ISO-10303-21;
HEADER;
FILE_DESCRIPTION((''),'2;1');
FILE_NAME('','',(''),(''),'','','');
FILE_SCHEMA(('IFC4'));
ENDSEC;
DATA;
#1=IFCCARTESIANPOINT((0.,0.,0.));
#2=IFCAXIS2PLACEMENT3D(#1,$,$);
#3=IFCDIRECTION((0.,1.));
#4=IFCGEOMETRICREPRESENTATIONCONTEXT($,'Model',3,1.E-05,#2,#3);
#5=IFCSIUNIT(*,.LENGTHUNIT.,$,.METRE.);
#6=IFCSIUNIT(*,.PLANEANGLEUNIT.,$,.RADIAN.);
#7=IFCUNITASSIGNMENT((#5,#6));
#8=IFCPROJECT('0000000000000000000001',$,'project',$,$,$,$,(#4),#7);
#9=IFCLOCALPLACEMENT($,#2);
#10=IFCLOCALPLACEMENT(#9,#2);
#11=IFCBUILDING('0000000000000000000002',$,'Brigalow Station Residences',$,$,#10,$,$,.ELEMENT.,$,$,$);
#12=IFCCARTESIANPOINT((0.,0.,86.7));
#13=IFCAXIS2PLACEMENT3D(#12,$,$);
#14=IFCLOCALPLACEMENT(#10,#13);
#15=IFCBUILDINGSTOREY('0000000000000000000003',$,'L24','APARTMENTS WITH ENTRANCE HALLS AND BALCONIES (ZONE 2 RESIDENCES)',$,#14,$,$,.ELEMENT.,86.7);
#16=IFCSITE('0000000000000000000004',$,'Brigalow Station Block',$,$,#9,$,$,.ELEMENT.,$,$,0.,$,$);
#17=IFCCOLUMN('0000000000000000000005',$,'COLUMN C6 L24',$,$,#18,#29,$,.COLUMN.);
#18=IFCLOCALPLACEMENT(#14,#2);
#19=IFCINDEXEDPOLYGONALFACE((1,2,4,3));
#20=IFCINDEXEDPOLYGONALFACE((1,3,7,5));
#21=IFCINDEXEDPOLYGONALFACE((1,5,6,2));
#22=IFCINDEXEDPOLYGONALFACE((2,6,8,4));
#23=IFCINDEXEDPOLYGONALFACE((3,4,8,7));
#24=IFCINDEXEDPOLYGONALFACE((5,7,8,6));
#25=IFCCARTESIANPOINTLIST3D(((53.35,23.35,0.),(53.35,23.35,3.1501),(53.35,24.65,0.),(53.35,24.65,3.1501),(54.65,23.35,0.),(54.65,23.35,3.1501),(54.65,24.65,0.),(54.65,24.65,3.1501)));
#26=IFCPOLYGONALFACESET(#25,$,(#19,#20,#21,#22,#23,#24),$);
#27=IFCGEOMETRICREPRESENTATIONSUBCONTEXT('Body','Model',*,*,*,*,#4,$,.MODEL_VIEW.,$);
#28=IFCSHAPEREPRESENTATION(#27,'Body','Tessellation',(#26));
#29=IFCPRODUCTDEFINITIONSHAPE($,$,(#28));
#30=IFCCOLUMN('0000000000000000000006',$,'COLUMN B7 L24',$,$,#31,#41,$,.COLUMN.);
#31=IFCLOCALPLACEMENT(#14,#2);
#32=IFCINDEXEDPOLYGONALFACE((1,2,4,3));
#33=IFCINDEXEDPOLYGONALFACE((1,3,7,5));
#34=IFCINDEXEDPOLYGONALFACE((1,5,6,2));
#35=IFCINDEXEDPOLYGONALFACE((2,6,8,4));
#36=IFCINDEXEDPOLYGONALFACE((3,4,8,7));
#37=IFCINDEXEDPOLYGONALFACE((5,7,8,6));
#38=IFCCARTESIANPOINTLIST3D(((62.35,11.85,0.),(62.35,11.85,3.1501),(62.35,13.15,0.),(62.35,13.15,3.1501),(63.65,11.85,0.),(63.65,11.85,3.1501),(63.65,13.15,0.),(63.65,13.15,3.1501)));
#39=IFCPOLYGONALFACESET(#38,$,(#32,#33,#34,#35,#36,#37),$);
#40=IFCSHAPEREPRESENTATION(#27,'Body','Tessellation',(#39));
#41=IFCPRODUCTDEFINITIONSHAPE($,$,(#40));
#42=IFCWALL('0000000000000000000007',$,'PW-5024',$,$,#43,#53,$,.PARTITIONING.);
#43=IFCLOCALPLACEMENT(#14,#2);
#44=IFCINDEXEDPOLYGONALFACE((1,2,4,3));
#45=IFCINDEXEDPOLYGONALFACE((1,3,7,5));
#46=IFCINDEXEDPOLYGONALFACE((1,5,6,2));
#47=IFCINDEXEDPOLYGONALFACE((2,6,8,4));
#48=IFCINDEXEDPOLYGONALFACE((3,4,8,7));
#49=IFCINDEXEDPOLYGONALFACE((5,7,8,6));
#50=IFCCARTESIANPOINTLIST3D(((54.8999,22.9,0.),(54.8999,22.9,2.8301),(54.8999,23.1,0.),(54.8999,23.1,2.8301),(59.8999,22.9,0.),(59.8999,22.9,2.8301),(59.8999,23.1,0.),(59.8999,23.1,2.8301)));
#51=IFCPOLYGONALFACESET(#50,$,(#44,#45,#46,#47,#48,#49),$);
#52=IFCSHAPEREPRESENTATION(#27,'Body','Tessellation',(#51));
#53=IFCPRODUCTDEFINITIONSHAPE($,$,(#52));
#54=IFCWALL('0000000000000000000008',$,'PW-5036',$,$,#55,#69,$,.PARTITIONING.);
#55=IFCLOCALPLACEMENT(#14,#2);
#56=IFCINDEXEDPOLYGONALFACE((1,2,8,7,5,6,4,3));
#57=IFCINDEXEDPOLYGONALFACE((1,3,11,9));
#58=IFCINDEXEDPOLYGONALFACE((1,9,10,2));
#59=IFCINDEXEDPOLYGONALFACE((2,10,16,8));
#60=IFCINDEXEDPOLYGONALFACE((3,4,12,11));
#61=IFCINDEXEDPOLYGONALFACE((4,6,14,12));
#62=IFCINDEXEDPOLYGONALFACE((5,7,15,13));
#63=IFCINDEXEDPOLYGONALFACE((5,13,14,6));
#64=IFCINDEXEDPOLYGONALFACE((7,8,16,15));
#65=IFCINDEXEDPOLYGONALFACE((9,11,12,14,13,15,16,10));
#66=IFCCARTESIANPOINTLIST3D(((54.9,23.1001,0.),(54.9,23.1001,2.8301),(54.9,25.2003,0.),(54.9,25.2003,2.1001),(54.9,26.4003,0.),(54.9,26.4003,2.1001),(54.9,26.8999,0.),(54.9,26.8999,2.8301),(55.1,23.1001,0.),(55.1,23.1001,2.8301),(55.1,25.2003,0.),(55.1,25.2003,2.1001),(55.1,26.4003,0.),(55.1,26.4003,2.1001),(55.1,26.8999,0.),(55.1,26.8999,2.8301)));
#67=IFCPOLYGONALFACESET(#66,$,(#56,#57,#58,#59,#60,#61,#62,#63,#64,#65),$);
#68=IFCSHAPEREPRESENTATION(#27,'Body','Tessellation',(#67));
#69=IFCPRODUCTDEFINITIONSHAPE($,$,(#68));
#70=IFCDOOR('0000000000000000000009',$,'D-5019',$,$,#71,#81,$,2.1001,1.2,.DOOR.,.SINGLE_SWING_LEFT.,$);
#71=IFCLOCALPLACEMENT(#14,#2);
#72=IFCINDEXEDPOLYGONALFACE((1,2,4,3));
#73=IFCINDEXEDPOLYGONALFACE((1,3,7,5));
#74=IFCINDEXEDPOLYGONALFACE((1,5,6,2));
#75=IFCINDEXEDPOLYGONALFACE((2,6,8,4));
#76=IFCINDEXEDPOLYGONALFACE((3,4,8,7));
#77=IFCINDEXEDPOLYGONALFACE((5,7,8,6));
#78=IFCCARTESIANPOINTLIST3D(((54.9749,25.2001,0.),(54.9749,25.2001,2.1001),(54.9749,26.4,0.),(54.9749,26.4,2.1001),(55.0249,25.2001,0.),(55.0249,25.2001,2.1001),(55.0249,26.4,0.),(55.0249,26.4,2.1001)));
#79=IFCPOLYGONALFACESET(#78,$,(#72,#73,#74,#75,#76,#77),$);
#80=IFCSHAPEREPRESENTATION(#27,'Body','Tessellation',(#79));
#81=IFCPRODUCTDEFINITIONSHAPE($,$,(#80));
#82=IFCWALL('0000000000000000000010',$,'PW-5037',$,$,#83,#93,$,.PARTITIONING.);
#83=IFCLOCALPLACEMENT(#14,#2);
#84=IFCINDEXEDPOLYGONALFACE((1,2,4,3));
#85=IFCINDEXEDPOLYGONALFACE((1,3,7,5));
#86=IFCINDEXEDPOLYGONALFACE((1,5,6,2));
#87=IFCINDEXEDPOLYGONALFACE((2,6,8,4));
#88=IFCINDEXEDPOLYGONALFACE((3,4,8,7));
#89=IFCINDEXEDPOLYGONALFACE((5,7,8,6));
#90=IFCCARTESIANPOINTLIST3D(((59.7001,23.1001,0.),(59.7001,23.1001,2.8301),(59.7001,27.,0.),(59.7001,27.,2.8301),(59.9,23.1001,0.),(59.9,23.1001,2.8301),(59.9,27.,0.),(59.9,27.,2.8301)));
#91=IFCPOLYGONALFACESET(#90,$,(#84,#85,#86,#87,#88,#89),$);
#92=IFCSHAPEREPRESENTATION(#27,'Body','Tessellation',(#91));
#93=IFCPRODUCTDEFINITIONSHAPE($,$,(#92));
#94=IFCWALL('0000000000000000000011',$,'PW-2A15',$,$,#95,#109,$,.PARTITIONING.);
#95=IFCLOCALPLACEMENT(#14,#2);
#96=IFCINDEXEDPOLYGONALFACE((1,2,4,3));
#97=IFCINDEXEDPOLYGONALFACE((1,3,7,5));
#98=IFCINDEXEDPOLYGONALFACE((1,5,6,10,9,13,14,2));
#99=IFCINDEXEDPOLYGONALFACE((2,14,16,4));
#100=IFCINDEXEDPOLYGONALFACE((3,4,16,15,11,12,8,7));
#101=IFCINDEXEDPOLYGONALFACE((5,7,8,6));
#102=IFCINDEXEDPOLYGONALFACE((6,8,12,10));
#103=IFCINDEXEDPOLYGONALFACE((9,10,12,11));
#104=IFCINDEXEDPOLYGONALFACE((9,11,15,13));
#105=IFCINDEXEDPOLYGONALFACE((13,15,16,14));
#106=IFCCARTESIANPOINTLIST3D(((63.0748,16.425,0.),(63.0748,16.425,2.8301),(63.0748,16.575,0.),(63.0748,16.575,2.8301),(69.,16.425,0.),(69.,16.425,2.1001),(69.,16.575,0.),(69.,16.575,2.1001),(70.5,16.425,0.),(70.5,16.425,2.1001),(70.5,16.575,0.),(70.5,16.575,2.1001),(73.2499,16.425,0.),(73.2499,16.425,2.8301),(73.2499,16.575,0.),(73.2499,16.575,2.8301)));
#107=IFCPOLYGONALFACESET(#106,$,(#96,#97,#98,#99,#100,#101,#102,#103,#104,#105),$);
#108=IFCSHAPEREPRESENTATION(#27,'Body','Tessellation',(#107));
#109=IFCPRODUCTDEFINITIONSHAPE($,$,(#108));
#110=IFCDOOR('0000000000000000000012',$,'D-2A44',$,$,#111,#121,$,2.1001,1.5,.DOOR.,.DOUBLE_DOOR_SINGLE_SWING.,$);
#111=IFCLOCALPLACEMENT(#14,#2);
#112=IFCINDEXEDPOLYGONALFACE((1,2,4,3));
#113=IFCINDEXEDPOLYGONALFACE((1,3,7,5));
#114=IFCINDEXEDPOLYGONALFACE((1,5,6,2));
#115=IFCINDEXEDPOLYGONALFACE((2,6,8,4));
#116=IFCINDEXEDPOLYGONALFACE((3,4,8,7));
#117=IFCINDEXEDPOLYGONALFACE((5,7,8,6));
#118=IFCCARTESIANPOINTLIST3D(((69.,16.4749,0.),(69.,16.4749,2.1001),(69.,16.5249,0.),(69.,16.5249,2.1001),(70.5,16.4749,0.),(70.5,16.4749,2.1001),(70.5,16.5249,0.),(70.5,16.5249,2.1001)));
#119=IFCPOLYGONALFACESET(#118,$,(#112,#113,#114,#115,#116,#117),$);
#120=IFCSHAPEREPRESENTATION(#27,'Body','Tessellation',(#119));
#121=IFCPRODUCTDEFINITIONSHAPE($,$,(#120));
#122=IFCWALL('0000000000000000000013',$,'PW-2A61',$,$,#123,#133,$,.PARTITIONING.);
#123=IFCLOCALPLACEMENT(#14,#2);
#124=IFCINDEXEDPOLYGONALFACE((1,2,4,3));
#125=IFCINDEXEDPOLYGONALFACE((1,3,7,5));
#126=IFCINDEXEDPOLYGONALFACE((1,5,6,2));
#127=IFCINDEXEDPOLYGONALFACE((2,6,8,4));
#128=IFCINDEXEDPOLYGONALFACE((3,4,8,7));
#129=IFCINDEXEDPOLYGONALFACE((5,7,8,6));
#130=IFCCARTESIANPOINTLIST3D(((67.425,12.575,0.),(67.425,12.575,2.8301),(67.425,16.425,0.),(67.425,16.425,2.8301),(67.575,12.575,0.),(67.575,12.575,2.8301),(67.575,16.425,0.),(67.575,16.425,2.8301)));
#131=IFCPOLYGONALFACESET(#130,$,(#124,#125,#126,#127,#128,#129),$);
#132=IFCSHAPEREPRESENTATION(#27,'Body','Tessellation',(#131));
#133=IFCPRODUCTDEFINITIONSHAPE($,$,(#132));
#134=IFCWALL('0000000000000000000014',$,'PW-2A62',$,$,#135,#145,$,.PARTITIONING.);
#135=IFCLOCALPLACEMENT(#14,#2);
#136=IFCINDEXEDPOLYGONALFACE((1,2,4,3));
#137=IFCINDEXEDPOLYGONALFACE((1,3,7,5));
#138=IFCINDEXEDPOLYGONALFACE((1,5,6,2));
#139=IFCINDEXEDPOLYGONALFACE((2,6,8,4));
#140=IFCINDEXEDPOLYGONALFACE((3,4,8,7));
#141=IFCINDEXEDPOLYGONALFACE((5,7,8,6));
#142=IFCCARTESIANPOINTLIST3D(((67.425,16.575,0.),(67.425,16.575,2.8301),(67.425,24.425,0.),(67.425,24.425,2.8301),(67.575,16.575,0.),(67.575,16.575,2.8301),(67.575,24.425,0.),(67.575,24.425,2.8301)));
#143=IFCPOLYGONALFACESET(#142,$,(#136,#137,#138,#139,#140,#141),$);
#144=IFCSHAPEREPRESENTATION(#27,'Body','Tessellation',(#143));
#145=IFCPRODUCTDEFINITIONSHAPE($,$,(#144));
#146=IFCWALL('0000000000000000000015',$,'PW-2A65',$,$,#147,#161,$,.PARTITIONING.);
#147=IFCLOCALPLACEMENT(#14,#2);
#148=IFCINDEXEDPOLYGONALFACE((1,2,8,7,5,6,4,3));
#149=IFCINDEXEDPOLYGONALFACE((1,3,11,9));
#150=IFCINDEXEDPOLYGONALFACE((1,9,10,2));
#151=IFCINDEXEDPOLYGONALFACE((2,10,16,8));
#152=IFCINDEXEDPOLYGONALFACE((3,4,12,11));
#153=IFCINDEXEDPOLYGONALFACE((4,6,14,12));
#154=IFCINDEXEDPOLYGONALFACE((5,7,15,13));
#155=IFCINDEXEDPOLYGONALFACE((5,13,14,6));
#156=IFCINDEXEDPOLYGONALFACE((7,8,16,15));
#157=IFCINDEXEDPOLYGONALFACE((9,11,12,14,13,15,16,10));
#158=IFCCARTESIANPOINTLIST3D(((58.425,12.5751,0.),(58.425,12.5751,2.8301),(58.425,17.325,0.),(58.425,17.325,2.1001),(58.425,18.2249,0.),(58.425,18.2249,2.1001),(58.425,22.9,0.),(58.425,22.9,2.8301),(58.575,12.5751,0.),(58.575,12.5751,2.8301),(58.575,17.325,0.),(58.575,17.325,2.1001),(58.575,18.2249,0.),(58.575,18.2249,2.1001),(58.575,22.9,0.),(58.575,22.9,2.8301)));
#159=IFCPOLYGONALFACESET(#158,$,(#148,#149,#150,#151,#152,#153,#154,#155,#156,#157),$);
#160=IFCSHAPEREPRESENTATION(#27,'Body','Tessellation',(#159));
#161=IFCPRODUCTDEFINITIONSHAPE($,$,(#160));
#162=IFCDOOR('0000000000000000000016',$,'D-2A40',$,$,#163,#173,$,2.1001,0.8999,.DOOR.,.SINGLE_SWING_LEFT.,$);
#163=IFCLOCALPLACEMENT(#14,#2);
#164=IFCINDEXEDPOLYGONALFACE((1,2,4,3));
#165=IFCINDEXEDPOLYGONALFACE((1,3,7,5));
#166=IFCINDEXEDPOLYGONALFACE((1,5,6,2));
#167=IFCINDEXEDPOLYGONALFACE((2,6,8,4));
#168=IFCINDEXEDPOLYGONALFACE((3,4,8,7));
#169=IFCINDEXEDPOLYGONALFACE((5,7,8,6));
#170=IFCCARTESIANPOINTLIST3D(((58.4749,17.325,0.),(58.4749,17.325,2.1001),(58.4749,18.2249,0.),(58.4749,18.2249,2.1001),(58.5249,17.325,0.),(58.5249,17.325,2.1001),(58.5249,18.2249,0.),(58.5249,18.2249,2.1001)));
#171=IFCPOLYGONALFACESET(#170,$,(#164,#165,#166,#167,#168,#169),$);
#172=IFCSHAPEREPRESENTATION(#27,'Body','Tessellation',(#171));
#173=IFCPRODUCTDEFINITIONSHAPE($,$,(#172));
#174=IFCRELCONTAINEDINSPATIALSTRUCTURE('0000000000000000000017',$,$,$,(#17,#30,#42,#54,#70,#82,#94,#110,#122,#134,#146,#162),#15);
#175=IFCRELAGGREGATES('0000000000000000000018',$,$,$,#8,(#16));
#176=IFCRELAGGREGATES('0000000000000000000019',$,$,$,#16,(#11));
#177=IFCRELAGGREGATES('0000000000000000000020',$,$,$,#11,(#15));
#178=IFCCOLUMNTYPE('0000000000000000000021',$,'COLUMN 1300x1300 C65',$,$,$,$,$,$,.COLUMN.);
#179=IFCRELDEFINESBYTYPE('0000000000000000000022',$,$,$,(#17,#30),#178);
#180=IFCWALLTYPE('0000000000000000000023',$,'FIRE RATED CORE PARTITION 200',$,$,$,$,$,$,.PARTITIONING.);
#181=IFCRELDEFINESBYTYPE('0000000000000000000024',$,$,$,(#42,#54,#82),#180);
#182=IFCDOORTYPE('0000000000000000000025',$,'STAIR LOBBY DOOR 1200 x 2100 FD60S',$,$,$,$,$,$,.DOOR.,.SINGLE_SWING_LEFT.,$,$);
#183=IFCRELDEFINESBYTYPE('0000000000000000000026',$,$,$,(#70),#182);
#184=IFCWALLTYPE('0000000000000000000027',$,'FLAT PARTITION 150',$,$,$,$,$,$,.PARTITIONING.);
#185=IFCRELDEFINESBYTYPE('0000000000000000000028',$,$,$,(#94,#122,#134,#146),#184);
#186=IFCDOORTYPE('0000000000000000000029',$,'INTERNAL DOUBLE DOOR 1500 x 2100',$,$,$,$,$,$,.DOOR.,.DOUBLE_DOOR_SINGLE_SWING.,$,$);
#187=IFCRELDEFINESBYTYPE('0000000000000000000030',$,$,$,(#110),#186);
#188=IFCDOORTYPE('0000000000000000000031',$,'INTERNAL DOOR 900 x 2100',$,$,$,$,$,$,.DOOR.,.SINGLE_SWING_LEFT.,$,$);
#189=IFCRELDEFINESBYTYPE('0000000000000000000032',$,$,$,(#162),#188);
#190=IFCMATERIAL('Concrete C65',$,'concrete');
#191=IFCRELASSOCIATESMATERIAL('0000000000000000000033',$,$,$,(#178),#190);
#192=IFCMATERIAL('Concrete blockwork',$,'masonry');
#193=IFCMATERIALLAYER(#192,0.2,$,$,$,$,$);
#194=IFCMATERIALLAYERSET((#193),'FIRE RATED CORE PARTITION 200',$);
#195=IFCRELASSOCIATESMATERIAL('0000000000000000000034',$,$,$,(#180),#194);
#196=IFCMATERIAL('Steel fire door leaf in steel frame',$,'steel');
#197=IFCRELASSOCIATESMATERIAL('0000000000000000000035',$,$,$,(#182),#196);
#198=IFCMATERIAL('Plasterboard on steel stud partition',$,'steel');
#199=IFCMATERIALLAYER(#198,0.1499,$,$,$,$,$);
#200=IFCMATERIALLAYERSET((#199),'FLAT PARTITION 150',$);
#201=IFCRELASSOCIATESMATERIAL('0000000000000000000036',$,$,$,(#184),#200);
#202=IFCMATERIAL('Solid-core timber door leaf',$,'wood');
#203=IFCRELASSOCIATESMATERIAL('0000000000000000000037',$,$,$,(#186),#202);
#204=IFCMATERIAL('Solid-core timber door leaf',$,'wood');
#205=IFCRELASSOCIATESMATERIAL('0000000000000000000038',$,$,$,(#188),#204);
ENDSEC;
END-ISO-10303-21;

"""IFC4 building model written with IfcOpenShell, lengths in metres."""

from ifc_helpers import new_model, si_unit, direction, frame, frame_2d, origin, origin_2d, place, context, subcontext, project, spatial, rectangle, extrude, material, layer, layer_set, material_profile, profile_set, type_object, element, fill, save


model = new_model("IFC4")

# Units and contexts
model_context = context("Model", 3, precision=1e-05, world=origin(), true_north=direction((0.0, 1.0)))
body_context = subcontext(model_context, "Body", "Model", "MODEL_VIEW")
ifc_project = project(units=[si_unit("LENGTHUNIT", "METRE"), si_unit("PLANEANGLEUNIT", "RADIAN")], contexts=[model_context])

# Site, building, storey
site_placement = place(None, origin())
site = spatial("IfcSite", under=ifc_project, at=site_placement, Name="Brigalow Station Block", CompositionType="ELEMENT", RefElevation=0.0)
building_placement = place(site_placement, origin())
building = spatial("IfcBuilding", under=site, at=building_placement, Name="Brigalow Station Residences", CompositionType="ELEMENT")
storey_placement = place(building_placement, frame((0.0, 0.0, 86.7)))
storey = spatial("IfcBuildingStorey", under=building, at=storey_placement, Name="L24", Description="APARTMENTS WITH ENTRANCE HALLS AND BALCONIES (ZONE 2 RESIDENCES)", CompositionType="ELEMENT", Elevation=86.7)

# Columns
ifc_material_1 = material(Name="Concrete C65", Category="concrete")
ifc_material_profile = material_profile(ifc_material_1, rectangle(XDim=1.3, YDim=1.3, at=origin_2d()), Name="RC1300x1300")
ifc_profile_set = profile_set([ifc_material_profile], Name="Concrete C65")
column_type = type_object("IfcColumnType", Name="COLUMN 1300x1300 C65", PredefinedType="COLUMN", material=ifc_profile_set)
for number, where, z_axis, x_axis, name in (
    (1, (54.0, 24.0, 0.0), (0.0, 0.0, 1.0), (1.0, 0.0, 0.0), "COLUMN C6 L24"),
    (2, (63.0, 12.5, 0.0), (0.0, 0.0, 1.0), (1.0, 0.0, 0.0), "COLUMN B7 L24"),
):
    element("IfcColumn", number, at=place(storey_placement, frame(where, z_axis=z_axis, x_axis=x_axis)), inside=storey, type_object=column_type, Name=name, PredefinedType="COLUMN", context=body_context, shape_type="SweptSolid", body=[
        extrude(rectangle(XDim=1.3, YDim=1.3, at=origin_2d()), origin(), (0.0, 0.0, 1.0), 3.1501),
    ])

# Wall
ifc_material_2 = material(Name="Concrete blockwork", Category="masonry")
ifc_layer_1 = layer(ifc_material_2, 0.2)
ifc_layer_set_1 = layer_set([ifc_layer_1], Name="FIRE RATED CORE PARTITION 200")
wall_type_1 = type_object("IfcWallType", Name="FIRE RATED CORE PARTITION 200", PredefinedType="PARTITIONING", material=ifc_layer_set_1)
wall_1_placement = place(storey_placement, frame((54.8999, 23.0, 0.0), z_axis=(0.0, 0.0, 1.0), x_axis=(1.0, 0.0, 0.0)))
element("IfcWall", 3, at=wall_1_placement, inside=storey, type_object=wall_type_1, Name="PW-5024", PredefinedType="PARTITIONING", context=body_context, shape_type="SweptSolid", body=[
    extrude(rectangle(XDim=5.0, YDim=0.2, at=frame_2d((2.5, 0.0))), origin(), (0.0, 0.0, 1.0), 2.8301),
])

# Wall, opening, door
wall_2_placement = place(storey_placement, frame((55.0, 23.1001, 0.0), z_axis=(0.0, 0.0, 1.0), x_axis=(0.0, 1.0, 0.0)))
wall_2 = element("IfcWall", 4, at=wall_2_placement, inside=storey, type_object=wall_type_1, Name="PW-5036", PredefinedType="PARTITIONING", context=body_context, shape_type="SweptSolid", body=[
    extrude(rectangle(XDim=3.7998, YDim=0.2, at=frame_2d((1.8999, 0.0))), origin(), (0.0, 0.0, 1.0), 2.8301),
])
opening_1_placement = place(wall_2_placement, frame((2.1001, 0.0, 0.0)))
opening_1 = element("IfcOpeningElement", 5, at=opening_1_placement, cuts=wall_2, PredefinedType="OPENING", context=body_context, shape_type="SweptSolid", body=[
    extrude(rectangle(XDim=1.2, YDim=2.1001, at=frame_2d((0.6001, 1.05))), frame((0.0, 0.1099, 0.0), z_axis=(0.0, -1.0, 0.0), x_axis=(1.0, 0.0, 0.0)), (0.0, 0.0, 1.0), 0.22),
])
ifc_material_3 = material(Name="Steel fire door leaf in steel frame", Category="steel")
door_type_1 = type_object("IfcDoorType", Name="STAIR LOBBY DOOR 1200 x 2100 FD60S", OperationType="SINGLE_SWING_LEFT", PredefinedType="DOOR", material=ifc_material_3)
door_1_placement = place(opening_1_placement, frame((1.2, 0.0, 0.0), z_axis=(0.0, 0.0, 1.0), x_axis=(-1.0, 0.0, 0.0)))
door_1 = element("IfcDoor", 6, at=door_1_placement, inside=storey, type_object=door_type_1, Name="D-5019", OperationType="SINGLE_SWING_LEFT", OverallHeight=2.1001, OverallWidth=1.2, PredefinedType="DOOR", context=body_context, shape_type="SweptSolid", body=[
    extrude(rectangle(XDim=1.2, YDim=2.1001, at=frame_2d((0.6001, 1.05))), frame((0.0, 0.0249, 0.0), z_axis=(0.0, -1.0, 0.0), x_axis=(1.0, 0.0, 0.0)), (0.0, 0.0, 1.0), 0.05),
])
fill(opening_1, door_1)

# Wall
wall_3_placement = place(storey_placement, frame((59.8, 23.1001, 0.0), z_axis=(0.0, 0.0, 1.0), x_axis=(0.0, 1.0, 0.0)))
element("IfcWall", 7, at=wall_3_placement, inside=storey, type_object=wall_type_1, Name="PW-5037", PredefinedType="PARTITIONING", context=body_context, shape_type="SweptSolid", body=[
    extrude(rectangle(XDim=3.8999, YDim=0.2, at=frame_2d((1.95, 0.0))), origin(), (0.0, 0.0, 1.0), 2.8301),
])

# Wall, opening, door
ifc_material_4 = material(Name="Plasterboard on steel stud partition", Category="steel")
ifc_layer_2 = layer(ifc_material_4, 0.1499)
ifc_layer_set_2 = layer_set([ifc_layer_2], Name="FLAT PARTITION 150")
wall_type_2 = type_object("IfcWallType", Name="FLAT PARTITION 150", PredefinedType="PARTITIONING", material=ifc_layer_set_2)
wall_4_placement = place(storey_placement, frame((63.075, 16.5, 0.0), z_axis=(0.0, 0.0, 1.0), x_axis=(1.0, 0.0, 0.0)))
wall_4 = element("IfcWall", 8, at=wall_4_placement, inside=storey, type_object=wall_type_2, Name="PW-2A15", PredefinedType="PARTITIONING", context=body_context, shape_type="SweptSolid", body=[
    extrude(rectangle(XDim=10.175, YDim=0.1499, at=frame_2d((5.0874, 0.0))), origin(), (0.0, 0.0, 1.0), 2.8301),
])
opening_2_placement = place(wall_4_placement, frame((5.925, 0.0, 0.0)))
opening_2 = element("IfcOpeningElement", 9, at=opening_2_placement, cuts=wall_4, PredefinedType="OPENING", context=body_context, shape_type="SweptSolid", body=[
    extrude(rectangle(XDim=1.5, YDim=2.1001, at=frame_2d((0.75, 1.05))), frame((0.0, 0.085, 0.0), z_axis=(0.0, -1.0, 0.0), x_axis=(1.0, 0.0, 0.0)), (0.0, 0.0, 1.0), 0.1699),
])
ifc_material_5 = material(Name="Solid-core timber door leaf", Category="wood")
door_type_2 = type_object("IfcDoorType", Name="INTERNAL DOUBLE DOOR 1500 x 2100", OperationType="DOUBLE_DOOR_SINGLE_SWING", PredefinedType="DOOR", material=ifc_material_5)
door_2_placement = place(opening_2_placement, origin())
door_2 = element("IfcDoor", 10, at=door_2_placement, inside=storey, type_object=door_type_2, Name="D-2A44", OperationType="DOUBLE_DOOR_SINGLE_SWING", OverallHeight=2.1001, OverallWidth=1.5, PredefinedType="DOOR", context=body_context, shape_type="SweptSolid", body=[
    extrude(rectangle(XDim=1.5, YDim=2.1001, at=frame_2d((0.75, 1.05))), frame((0.0, 0.0249, 0.0), z_axis=(0.0, -1.0, 0.0), x_axis=(1.0, 0.0, 0.0)), (0.0, 0.0, 1.0), 0.05),
])
fill(opening_2, door_2)

# Walls
wall_5_placement = place(storey_placement, frame((67.5, 12.575, 0.0), z_axis=(0.0, 0.0, 1.0), x_axis=(0.0, 1.0, 0.0)))
element("IfcWall", 11, at=wall_5_placement, inside=storey, type_object=wall_type_2, Name="PW-2A61", PredefinedType="PARTITIONING", context=body_context, shape_type="SweptSolid", body=[
    extrude(rectangle(XDim=3.8501, YDim=0.1499, at=frame_2d((1.925, 0.0))), origin(), (0.0, 0.0, 1.0), 2.8301),
])
wall_6_placement = place(storey_placement, frame((67.5, 16.575, 0.0), z_axis=(0.0, 0.0, 1.0), x_axis=(0.0, 1.0, 0.0)))
element("IfcWall", 12, at=wall_6_placement, inside=storey, type_object=wall_type_2, Name="PW-2A62", PredefinedType="PARTITIONING", context=body_context, shape_type="SweptSolid", body=[
    extrude(rectangle(XDim=7.8501, YDim=0.1499, at=frame_2d((3.925, 0.0))), origin(), (0.0, 0.0, 1.0), 2.8301),
])

# Wall, opening, door
wall_7_placement = place(storey_placement, frame((58.5, 12.575, 0.0), z_axis=(0.0, 0.0, 1.0), x_axis=(0.0, 1.0, 0.0)))
wall_7 = element("IfcWall", 13, at=wall_7_placement, inside=storey, type_object=wall_type_2, Name="PW-2A65", PredefinedType="PARTITIONING", context=body_context, shape_type="SweptSolid", body=[
    extrude(rectangle(XDim=10.325, YDim=0.1499, at=frame_2d((5.1626, 0.0))), origin(), (0.0, 0.0, 1.0), 2.8301),
])
opening_3_placement = place(wall_7_placement, frame((4.75, 0.0, 0.0)))
opening_3 = element("IfcOpeningElement", 14, at=opening_3_placement, cuts=wall_7, PredefinedType="OPENING", context=body_context, shape_type="SweptSolid", body=[
    extrude(rectangle(XDim=0.8999, YDim=2.1001, at=frame_2d((0.45, 1.05))), frame((0.0, 0.085, 0.0), z_axis=(0.0, -1.0, 0.0), x_axis=(1.0, 0.0, 0.0)), (0.0, 0.0, 1.0), 0.1699),
])
ifc_material_6 = material(Name="Solid-core timber door leaf", Category="wood")
door_type_3 = type_object("IfcDoorType", Name="INTERNAL DOOR 900 x 2100", OperationType="SINGLE_SWING_LEFT", PredefinedType="DOOR", material=ifc_material_6)
door_3_placement = place(opening_3_placement, frame((0.8999, 0.0, 0.0), z_axis=(0.0, 0.0, 1.0), x_axis=(-1.0, 0.0, 0.0)))
door_3 = element("IfcDoor", 15, at=door_3_placement, inside=storey, type_object=door_type_3, Name="D-2A40", OperationType="SINGLE_SWING_LEFT", OverallHeight=2.1001, OverallWidth=0.8999, PredefinedType="DOOR", context=body_context, shape_type="SweptSolid", body=[
    extrude(rectangle(XDim=0.8999, YDim=2.1001, at=frame_2d((0.45, 1.05))), frame((0.0, 0.0249, 0.0), z_axis=(0.0, -1.0, 0.0), x_axis=(1.0, 0.0, 0.0)), (0.0, 0.0, 1.0), 0.05),
])
fill(opening_3, door_3)

save(model, "model.ifc")
